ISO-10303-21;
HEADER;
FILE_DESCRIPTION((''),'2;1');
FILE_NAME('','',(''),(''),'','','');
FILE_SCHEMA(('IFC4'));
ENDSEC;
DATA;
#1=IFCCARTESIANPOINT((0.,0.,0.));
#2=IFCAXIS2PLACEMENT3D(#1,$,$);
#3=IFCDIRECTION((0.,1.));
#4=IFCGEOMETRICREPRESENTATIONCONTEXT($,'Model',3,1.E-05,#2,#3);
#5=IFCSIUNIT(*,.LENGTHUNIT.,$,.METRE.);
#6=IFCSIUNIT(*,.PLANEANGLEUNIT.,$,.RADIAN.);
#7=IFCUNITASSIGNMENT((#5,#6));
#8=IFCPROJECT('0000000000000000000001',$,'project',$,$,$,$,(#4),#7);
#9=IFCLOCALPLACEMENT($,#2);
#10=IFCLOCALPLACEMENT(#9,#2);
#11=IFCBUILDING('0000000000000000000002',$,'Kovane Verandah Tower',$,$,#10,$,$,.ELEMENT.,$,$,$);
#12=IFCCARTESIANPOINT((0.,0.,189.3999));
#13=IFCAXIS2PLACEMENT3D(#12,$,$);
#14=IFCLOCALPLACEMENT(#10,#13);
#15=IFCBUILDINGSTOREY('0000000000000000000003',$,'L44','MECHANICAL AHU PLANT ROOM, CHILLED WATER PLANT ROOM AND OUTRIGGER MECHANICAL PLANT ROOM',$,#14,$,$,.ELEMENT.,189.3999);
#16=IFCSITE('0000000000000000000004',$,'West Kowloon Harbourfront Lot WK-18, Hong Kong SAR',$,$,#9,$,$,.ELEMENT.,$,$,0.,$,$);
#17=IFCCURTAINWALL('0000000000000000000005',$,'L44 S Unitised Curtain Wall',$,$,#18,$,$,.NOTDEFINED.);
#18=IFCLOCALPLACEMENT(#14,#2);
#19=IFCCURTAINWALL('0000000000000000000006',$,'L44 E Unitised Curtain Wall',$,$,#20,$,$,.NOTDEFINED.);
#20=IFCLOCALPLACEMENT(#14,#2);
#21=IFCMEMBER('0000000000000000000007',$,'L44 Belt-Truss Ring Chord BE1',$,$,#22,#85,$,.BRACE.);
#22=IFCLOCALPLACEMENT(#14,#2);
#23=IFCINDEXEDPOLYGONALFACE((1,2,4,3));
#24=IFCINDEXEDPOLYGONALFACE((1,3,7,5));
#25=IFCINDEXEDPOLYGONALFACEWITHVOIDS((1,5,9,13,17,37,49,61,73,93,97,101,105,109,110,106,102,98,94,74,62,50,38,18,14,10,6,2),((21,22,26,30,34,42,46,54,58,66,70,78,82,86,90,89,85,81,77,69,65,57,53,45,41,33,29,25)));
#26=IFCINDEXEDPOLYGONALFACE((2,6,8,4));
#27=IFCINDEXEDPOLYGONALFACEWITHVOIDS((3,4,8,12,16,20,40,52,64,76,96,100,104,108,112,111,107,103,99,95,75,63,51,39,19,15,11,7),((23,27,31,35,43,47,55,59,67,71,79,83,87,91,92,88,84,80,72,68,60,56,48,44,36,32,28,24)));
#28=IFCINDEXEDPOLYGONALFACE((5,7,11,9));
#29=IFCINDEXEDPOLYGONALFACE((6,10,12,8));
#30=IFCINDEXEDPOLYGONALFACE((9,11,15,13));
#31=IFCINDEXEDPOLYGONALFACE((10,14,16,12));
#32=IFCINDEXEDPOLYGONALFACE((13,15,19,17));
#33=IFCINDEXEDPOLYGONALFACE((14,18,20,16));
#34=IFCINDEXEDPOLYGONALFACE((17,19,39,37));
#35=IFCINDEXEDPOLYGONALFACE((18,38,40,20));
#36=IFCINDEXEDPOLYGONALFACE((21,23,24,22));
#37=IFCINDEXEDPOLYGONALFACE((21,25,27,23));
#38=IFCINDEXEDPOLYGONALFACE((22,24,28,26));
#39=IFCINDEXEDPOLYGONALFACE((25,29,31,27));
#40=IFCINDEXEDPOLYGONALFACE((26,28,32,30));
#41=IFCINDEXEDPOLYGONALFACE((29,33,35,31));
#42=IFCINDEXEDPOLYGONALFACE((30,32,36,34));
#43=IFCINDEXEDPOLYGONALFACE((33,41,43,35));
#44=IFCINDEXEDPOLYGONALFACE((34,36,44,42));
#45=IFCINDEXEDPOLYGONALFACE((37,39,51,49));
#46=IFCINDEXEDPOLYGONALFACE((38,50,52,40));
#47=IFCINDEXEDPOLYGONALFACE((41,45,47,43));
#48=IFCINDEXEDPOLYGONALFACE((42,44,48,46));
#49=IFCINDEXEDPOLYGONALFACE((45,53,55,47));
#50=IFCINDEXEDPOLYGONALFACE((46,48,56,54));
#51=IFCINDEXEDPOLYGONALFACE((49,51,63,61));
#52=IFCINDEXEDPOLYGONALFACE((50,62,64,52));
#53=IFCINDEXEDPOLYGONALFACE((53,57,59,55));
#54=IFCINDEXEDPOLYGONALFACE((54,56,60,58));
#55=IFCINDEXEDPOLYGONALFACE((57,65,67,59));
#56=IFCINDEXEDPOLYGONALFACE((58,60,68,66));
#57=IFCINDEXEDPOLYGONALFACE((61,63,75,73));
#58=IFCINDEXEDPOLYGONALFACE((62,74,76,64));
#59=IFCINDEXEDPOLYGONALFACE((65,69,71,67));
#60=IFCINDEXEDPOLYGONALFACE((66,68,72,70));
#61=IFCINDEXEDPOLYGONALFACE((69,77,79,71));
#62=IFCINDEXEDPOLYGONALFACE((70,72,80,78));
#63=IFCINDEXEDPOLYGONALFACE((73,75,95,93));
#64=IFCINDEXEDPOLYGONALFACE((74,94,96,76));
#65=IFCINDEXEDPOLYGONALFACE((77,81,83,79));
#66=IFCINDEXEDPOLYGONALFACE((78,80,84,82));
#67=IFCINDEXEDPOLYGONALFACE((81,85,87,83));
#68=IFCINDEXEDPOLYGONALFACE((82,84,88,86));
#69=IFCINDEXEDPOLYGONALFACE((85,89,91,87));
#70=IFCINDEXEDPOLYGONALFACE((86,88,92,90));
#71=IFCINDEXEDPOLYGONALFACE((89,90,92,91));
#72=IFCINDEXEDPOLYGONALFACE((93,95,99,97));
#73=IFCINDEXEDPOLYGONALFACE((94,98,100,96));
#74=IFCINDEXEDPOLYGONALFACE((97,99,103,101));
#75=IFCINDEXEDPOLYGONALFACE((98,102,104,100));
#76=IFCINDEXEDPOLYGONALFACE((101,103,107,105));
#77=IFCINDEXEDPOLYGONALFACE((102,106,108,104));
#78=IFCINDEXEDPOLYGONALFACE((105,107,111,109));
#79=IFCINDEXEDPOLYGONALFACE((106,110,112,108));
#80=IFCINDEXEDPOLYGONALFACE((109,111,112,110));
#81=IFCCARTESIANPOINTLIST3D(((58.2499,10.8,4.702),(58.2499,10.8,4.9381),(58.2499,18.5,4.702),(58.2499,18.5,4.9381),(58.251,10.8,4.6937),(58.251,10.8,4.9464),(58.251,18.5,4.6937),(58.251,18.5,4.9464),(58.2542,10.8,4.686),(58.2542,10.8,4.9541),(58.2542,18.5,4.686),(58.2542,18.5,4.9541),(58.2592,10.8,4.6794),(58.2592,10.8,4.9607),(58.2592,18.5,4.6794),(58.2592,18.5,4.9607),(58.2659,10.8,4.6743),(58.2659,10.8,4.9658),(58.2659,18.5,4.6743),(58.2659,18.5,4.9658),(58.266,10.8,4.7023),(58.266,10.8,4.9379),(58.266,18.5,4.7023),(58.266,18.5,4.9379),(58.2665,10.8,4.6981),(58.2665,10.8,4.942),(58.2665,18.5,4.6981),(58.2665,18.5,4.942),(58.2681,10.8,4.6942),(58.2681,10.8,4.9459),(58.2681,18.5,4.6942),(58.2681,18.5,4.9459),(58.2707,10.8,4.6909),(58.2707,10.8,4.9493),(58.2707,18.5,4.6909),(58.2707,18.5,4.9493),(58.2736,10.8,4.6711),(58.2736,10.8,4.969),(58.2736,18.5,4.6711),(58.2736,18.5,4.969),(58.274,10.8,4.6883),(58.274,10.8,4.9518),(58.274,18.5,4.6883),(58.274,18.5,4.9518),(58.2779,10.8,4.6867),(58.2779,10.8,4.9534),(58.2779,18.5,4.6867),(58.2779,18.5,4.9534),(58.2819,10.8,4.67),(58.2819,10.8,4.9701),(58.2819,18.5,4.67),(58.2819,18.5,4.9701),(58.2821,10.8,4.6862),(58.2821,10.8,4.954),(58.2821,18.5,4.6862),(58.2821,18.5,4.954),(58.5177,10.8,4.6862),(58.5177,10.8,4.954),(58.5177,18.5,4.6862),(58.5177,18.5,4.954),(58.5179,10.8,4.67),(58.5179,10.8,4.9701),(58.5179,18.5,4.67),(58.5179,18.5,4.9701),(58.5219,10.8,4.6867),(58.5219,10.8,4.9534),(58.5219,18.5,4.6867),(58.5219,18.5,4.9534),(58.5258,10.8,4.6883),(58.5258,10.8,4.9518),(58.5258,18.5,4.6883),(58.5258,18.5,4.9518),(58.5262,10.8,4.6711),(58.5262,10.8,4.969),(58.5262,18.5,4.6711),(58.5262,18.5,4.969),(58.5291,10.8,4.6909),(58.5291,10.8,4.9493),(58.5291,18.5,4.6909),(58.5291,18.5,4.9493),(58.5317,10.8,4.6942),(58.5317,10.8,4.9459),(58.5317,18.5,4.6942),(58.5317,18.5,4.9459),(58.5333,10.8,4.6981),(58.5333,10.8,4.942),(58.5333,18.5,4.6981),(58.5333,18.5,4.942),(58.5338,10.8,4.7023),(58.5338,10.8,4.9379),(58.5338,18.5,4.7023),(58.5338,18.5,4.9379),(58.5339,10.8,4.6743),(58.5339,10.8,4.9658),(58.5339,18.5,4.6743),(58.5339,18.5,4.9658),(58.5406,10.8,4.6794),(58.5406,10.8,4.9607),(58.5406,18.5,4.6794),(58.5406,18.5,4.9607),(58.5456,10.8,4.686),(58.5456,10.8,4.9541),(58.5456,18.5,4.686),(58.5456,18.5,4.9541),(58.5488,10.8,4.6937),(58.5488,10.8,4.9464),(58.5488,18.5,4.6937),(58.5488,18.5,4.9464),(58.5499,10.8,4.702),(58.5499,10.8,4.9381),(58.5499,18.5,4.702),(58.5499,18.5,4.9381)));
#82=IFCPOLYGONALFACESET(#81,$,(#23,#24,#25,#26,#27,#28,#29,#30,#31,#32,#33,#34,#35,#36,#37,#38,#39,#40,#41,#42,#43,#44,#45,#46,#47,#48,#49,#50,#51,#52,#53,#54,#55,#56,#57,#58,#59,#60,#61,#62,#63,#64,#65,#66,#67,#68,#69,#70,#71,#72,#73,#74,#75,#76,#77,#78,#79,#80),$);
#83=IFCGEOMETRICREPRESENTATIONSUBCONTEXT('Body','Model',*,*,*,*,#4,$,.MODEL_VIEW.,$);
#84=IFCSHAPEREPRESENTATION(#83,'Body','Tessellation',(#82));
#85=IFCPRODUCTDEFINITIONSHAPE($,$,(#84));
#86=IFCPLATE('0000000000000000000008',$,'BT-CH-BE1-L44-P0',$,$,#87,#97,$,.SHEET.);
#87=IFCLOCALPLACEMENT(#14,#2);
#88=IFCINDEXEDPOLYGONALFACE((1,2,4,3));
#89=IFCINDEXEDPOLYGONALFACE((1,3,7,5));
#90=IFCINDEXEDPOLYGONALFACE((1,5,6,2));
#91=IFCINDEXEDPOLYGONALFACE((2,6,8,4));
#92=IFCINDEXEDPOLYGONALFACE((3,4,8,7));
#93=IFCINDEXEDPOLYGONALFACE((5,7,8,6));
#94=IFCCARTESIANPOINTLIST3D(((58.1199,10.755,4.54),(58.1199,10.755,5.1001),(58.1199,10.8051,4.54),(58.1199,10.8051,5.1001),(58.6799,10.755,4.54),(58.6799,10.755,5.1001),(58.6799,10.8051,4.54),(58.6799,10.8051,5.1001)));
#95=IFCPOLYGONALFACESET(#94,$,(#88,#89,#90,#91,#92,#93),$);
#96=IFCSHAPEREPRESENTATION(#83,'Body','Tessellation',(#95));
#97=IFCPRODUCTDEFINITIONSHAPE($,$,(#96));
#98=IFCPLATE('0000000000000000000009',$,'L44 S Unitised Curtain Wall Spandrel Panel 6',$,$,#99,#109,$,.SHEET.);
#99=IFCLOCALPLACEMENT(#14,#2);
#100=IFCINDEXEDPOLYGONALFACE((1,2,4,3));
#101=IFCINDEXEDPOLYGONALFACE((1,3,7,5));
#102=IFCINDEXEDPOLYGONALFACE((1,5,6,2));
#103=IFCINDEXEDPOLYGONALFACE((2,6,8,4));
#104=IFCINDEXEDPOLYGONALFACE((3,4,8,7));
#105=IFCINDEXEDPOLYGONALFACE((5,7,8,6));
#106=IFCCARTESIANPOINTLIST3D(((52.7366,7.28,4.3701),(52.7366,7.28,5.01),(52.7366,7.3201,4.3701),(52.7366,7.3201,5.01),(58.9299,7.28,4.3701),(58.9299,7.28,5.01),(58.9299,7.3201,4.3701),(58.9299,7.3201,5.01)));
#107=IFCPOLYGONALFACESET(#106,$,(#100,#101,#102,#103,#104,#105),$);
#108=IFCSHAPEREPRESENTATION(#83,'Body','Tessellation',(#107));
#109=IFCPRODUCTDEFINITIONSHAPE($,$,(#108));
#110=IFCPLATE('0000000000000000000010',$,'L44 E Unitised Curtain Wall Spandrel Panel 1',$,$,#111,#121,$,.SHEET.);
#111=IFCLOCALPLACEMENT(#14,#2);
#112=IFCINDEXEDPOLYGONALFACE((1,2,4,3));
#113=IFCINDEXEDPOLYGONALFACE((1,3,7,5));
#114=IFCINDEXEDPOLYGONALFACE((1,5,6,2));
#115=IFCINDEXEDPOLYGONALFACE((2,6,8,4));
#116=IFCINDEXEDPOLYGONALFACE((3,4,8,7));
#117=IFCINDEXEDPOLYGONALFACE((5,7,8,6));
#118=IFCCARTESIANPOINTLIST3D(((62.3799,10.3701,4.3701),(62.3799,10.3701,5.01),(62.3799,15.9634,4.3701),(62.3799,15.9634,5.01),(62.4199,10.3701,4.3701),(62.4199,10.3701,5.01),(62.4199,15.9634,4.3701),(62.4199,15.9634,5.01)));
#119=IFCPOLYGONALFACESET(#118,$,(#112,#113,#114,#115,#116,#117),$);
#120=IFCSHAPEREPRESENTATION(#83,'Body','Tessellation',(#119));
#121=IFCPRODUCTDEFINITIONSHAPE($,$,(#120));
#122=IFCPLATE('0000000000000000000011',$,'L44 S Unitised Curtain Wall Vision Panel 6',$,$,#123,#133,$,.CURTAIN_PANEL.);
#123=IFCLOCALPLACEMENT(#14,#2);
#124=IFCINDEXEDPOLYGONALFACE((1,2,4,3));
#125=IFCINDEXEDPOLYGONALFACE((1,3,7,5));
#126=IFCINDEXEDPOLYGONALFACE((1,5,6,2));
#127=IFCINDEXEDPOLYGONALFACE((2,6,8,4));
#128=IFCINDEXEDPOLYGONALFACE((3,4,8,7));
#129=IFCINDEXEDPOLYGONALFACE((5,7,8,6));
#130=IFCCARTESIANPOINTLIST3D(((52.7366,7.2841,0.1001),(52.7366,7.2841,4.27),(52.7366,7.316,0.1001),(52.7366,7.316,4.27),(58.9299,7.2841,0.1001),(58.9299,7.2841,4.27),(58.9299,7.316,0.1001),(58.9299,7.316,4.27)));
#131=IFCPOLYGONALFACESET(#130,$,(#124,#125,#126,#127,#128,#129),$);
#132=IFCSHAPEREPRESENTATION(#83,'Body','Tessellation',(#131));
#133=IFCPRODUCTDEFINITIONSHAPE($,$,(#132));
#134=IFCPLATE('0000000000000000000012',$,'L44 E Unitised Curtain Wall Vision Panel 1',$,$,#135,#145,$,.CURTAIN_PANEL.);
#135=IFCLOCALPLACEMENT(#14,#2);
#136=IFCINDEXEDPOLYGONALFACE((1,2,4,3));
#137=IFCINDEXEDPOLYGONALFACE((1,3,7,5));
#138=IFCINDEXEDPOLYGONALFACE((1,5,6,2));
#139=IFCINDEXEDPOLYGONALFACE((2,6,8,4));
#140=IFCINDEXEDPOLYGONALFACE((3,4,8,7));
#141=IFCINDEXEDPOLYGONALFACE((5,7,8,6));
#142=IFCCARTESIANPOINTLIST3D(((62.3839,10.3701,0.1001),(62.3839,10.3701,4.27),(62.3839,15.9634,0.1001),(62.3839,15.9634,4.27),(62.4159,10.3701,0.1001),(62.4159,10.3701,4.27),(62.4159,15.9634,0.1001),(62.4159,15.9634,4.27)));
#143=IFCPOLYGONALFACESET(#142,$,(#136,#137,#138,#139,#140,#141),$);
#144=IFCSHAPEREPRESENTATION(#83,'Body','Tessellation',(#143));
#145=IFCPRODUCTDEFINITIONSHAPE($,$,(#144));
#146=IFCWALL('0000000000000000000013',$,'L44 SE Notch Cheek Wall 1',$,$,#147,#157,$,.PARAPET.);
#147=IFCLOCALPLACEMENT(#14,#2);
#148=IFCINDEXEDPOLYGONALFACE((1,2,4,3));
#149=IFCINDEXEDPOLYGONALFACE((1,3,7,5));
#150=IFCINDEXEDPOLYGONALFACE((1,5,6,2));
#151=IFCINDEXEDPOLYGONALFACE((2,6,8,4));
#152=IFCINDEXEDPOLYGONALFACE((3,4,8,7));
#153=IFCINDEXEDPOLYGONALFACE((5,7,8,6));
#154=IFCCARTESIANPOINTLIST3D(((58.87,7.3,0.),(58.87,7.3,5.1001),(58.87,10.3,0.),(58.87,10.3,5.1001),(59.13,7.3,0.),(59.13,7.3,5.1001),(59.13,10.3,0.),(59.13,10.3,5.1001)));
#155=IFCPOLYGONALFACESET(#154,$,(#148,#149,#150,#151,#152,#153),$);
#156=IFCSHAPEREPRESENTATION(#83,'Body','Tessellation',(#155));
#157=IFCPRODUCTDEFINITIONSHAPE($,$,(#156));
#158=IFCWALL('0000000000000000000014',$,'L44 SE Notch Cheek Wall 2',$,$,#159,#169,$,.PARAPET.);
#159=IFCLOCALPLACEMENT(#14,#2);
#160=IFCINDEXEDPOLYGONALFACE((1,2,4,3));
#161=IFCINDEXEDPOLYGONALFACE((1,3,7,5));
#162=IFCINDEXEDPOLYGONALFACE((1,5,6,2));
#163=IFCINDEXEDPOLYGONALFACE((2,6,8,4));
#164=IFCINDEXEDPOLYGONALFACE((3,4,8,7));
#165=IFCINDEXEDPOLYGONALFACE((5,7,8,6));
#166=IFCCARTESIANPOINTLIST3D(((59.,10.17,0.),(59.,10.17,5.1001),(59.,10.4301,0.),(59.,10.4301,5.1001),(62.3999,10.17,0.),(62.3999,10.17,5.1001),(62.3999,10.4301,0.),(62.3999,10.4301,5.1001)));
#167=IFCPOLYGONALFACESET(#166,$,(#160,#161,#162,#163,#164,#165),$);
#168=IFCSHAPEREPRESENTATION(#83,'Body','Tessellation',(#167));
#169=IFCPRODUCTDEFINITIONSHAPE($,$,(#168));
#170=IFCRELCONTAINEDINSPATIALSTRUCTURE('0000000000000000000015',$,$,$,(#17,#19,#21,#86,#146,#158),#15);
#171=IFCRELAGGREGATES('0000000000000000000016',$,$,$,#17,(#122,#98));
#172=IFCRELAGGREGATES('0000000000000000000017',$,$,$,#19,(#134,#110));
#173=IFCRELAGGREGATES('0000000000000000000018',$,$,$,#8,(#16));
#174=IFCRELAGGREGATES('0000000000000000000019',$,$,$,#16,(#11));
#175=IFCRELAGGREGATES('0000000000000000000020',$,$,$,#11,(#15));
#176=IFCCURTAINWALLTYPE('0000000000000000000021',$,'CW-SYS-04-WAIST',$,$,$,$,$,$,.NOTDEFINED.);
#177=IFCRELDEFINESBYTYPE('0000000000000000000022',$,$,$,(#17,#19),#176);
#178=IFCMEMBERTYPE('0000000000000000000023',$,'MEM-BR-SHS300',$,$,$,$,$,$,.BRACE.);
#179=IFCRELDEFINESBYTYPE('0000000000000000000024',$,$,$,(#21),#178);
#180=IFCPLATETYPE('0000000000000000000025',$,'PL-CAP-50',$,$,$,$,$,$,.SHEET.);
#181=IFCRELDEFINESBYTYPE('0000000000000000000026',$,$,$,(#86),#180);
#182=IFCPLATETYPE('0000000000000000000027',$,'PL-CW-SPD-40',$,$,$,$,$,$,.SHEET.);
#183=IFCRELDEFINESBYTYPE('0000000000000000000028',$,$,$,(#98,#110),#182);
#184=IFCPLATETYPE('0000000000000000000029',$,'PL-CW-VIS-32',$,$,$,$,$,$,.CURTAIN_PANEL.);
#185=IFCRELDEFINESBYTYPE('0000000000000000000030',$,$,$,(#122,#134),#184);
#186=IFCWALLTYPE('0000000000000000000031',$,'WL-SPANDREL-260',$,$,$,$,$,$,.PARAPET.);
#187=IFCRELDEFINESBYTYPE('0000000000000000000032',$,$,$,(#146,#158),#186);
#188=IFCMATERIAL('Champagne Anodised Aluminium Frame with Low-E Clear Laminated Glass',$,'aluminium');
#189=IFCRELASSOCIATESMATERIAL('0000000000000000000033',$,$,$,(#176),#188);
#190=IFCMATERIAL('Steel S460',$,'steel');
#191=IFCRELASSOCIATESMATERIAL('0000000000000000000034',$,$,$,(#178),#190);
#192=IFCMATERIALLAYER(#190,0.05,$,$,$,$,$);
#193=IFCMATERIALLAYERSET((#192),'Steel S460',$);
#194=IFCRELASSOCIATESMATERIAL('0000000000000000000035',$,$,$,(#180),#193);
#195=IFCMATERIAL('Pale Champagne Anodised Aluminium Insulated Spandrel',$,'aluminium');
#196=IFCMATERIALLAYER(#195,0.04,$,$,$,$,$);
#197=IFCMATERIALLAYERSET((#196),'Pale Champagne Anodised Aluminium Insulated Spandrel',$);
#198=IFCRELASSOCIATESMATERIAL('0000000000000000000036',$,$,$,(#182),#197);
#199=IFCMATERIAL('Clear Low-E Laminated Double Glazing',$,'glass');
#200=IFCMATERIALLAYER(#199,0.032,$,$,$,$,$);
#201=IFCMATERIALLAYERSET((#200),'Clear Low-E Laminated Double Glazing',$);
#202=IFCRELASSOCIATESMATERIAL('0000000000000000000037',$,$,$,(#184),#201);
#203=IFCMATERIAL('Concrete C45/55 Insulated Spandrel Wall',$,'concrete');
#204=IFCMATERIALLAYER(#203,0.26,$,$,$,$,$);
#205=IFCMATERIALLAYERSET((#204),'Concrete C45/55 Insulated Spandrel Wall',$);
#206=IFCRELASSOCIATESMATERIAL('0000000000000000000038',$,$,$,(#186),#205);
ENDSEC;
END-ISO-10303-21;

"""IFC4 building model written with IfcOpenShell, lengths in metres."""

from ifc_helpers import new_model, si_unit, direction, frame, frame_2d, origin, origin_2d, place, context, subcontext, project, spatial, rectangle, hollow_rectangle, extrude, material, layer, layer_set, material_profile, profile_set, type_object, element, aggregate, save


model = new_model("IFC4")

# Units and contexts
model_context = context("Model", 3, precision=1e-05, world=origin(), true_north=direction((0.0, 1.0)))
body_context = subcontext(model_context, "Body", "Model", "MODEL_VIEW")
ifc_project = project(units=[si_unit("LENGTHUNIT", "METRE"), si_unit("PLANEANGLEUNIT", "RADIAN")], contexts=[model_context])

# Site, building, storey
site_placement = place(None, origin())
site = spatial("IfcSite", under=ifc_project, at=site_placement, Name="West Kowloon Harbourfront Lot WK-18, Hong Kong SAR", CompositionType="ELEMENT", RefElevation=0.0)
building_placement = place(site_placement, origin())
building = spatial("IfcBuilding", under=site, at=building_placement, Name="Kovane Verandah Tower", CompositionType="ELEMENT")
storey_placement = place(building_placement, frame((0.0, 0.0, 189.3999)))
storey = spatial("IfcBuildingStorey", under=building, at=storey_placement, Name="L44", Description="MECHANICAL AHU PLANT ROOM, CHILLED WATER PLANT ROOM AND OUTRIGGER MECHANICAL PLANT ROOM", CompositionType="ELEMENT", Elevation=189.3999)

# Shared definitions
ifc_material_1 = material(Name="Steel S460", Category="steel")

# Curtain walls
ifc_material_2 = material(Name="Champagne Anodised Aluminium Frame with Low-E Clear Laminated Glass", Category="aluminium")
curtain_wall_type = type_object("IfcCurtainWallType", Name="CW-SYS-04-WAIST", PredefinedType="NOTDEFINED", material=ifc_material_2)
curtain_wall_1_placement = place(storey_placement, origin())
curtain_wall_1 = element("IfcCurtainWall", 1, at=curtain_wall_1_placement, inside=storey, type_object=curtain_wall_type, Name="L44 S Unitised Curtain Wall", PredefinedType="NOTDEFINED")
curtain_wall_2_placement = place(storey_placement, origin())
curtain_wall_2 = element("IfcCurtainWall", 2, at=curtain_wall_2_placement, inside=storey, type_object=curtain_wall_type, Name="L44 E Unitised Curtain Wall", PredefinedType="NOTDEFINED")

# Member
ifc_material_profile_1 = material_profile(ifc_material_1, hollow_rectangle(XDim=0.3, YDim=0.3, WallThickness=0.0161, InnerFilletRadius=0.0161, OuterFilletRadius=0.032, at=origin_2d()), Name="SHS300x300x16")
ifc_profile_set_1 = profile_set([ifc_material_profile_1], Name="Steel S460")
member_type_1 = type_object("IfcMemberType", Name="MEM-BR-SHS300", PredefinedType="BRACE", material=ifc_profile_set_1)
member_1_placement = place(storey_placement, frame((58.3999, 10.8, 4.8201), z_axis=(0.0, 1.0, 0.0), x_axis=(-1.0, 0.0, 0.0)))
element("IfcMember", 3, at=member_1_placement, inside=storey, type_object=member_type_1, Name="L44 Belt-Truss Ring Chord BE1", PredefinedType="BRACE", context=body_context, shape_type="SweptSolid", body=[
    extrude(hollow_rectangle(XDim=0.3, YDim=0.3, WallThickness=0.0161, InnerFilletRadius=0.0161, OuterFilletRadius=0.032, at=origin_2d()), origin(), (0.0, 0.0, 1.0), 7.7),
])

# Plates
ifc_layer_1 = layer(ifc_material_1, 0.05)
ifc_layer_set_1 = layer_set([ifc_layer_1], Name="Steel S460")
plate_type_1 = type_object("IfcPlateType", Name="PL-CAP-50", PredefinedType="SHEET", material=ifc_layer_set_1)
plate_1_placement = place(storey_placement, frame((58.3999, 10.78, 4.54), z_axis=(0.0, 0.0, 1.0), x_axis=(0.0, 1.0, 0.0)))
element("IfcPlate", 4, at=plate_1_placement, inside=storey, type_object=plate_type_1, Name="BT-CH-BE1-L44-P0", PredefinedType="SHEET", context=body_context, shape_type="SweptSolid", body=[
    extrude(rectangle(XDim=0.05, YDim=0.5601, at=origin_2d()), origin(), (0.0, 0.0, 1.0), 0.5601),
])
ifc_material_3 = material(Name="Pale Champagne Anodised Aluminium Insulated Spandrel", Category="aluminium")
ifc_layer_2 = layer(ifc_material_3, 0.04)
ifc_layer_set_2 = layer_set([ifc_layer_2], Name="Pale Champagne Anodised Aluminium Insulated Spandrel")
plate_type_2 = type_object("IfcPlateType", Name="PL-CW-SPD-40", PredefinedType="SHEET", material=ifc_layer_set_2)
plate_2_placement = place(storey_placement, frame((55.8333, 7.3, 4.3701), z_axis=(0.0, 0.0, 1.0), x_axis=(1.0, 0.0, 0.0)))
plate_2 = element("IfcPlate", 5, at=plate_2_placement, type_object=plate_type_2, Name="L44 S Unitised Curtain Wall Spandrel Panel 6", PredefinedType="SHEET", context=body_context, shape_type="SweptSolid", body=[
    extrude(rectangle(XDim=6.1934, YDim=0.04, at=origin_2d()), origin(), (0.0, 0.0, 1.0), 0.6399),
])
plate_3_placement = place(storey_placement, frame((62.3999, 13.1667, 4.3701), z_axis=(0.0, 0.0, 1.0), x_axis=(0.0, 1.0, 0.0)))
plate_3 = element("IfcPlate", 6, at=plate_3_placement, type_object=plate_type_2, Name="L44 E Unitised Curtain Wall Spandrel Panel 1", PredefinedType="SHEET", context=body_context, shape_type="SweptSolid", body=[
    extrude(rectangle(XDim=5.5933, YDim=0.04, at=origin_2d()), origin(), (0.0, 0.0, 1.0), 0.6399),
])
ifc_material_4 = material(Name="Clear Low-E Laminated Double Glazing", Category="glass")
ifc_layer_3 = layer(ifc_material_4, 0.032)
ifc_layer_set_3 = layer_set([ifc_layer_3], Name="Clear Low-E Laminated Double Glazing")
plate_type_3 = type_object("IfcPlateType", Name="PL-CW-VIS-32", PredefinedType="CURTAIN_PANEL", material=ifc_layer_set_3)
plate_4_placement = place(storey_placement, frame((55.8333, 7.3, 0.1001), z_axis=(0.0, 0.0, 1.0), x_axis=(1.0, 0.0, 0.0)))
plate_4 = element("IfcPlate", 7, at=plate_4_placement, type_object=plate_type_3, Name="L44 S Unitised Curtain Wall Vision Panel 6", PredefinedType="CURTAIN_PANEL", context=body_context, shape_type="SweptSolid", body=[
    extrude(rectangle(XDim=6.1934, YDim=0.032, at=origin_2d()), origin(), (0.0, 0.0, 1.0), 4.1699),
])
aggregate(curtain_wall_1, [plate_4, plate_2])
plate_5_placement = place(storey_placement, frame((62.3999, 13.1667, 0.1001), z_axis=(0.0, 0.0, 1.0), x_axis=(0.0, 1.0, 0.0)))
plate_5 = element("IfcPlate", 8, at=plate_5_placement, type_object=plate_type_3, Name="L44 E Unitised Curtain Wall Vision Panel 1", PredefinedType="CURTAIN_PANEL", context=body_context, shape_type="SweptSolid", body=[
    extrude(rectangle(XDim=5.5933, YDim=0.032, at=origin_2d()), origin(), (0.0, 0.0, 1.0), 4.1699),
])
aggregate(curtain_wall_2, [plate_5, plate_3])

# Walls
ifc_material_5 = material(Name="Concrete C45/55 Insulated Spandrel Wall", Category="concrete")
ifc_layer_4 = layer(ifc_material_5, 0.26)
ifc_layer_set_4 = layer_set([ifc_layer_4], Name="Concrete C45/55 Insulated Spandrel Wall")
wall_type = type_object("IfcWallType", Name="WL-SPANDREL-260", PredefinedType="PARAPET", material=ifc_layer_set_4)
wall_1_placement = place(storey_placement, frame((59.0, 7.3, 0.0), z_axis=(0.0, 0.0, 1.0), x_axis=(0.0, 1.0, 0.0)))
element("IfcWall", 9, at=wall_1_placement, inside=storey, type_object=wall_type, Name="L44 SE Notch Cheek Wall 1", PredefinedType="PARAPET", context=body_context, shape_type="SweptSolid", body=[
    extrude(rectangle(XDim=3.0, YDim=0.26, at=frame_2d((1.5, 0.0))), origin(), (0.0, 0.0, 1.0), 5.1001),
])
wall_2_placement = place(storey_placement, frame((59.0, 10.3, 0.0), z_axis=(0.0, 0.0, 1.0), x_axis=(1.0, 0.0, 0.0)))
element("IfcWall", 10, at=wall_2_placement, inside=storey, type_object=wall_type, Name="L44 SE Notch Cheek Wall 2", PredefinedType="PARAPET", context=body_context, shape_type="SweptSolid", body=[
    extrude(rectangle(XDim=3.3999, YDim=0.26, at=frame_2d((1.7, 0.0))), origin(), (0.0, 0.0, 1.0), 5.1001),
])

save(model, "model.ifc")
